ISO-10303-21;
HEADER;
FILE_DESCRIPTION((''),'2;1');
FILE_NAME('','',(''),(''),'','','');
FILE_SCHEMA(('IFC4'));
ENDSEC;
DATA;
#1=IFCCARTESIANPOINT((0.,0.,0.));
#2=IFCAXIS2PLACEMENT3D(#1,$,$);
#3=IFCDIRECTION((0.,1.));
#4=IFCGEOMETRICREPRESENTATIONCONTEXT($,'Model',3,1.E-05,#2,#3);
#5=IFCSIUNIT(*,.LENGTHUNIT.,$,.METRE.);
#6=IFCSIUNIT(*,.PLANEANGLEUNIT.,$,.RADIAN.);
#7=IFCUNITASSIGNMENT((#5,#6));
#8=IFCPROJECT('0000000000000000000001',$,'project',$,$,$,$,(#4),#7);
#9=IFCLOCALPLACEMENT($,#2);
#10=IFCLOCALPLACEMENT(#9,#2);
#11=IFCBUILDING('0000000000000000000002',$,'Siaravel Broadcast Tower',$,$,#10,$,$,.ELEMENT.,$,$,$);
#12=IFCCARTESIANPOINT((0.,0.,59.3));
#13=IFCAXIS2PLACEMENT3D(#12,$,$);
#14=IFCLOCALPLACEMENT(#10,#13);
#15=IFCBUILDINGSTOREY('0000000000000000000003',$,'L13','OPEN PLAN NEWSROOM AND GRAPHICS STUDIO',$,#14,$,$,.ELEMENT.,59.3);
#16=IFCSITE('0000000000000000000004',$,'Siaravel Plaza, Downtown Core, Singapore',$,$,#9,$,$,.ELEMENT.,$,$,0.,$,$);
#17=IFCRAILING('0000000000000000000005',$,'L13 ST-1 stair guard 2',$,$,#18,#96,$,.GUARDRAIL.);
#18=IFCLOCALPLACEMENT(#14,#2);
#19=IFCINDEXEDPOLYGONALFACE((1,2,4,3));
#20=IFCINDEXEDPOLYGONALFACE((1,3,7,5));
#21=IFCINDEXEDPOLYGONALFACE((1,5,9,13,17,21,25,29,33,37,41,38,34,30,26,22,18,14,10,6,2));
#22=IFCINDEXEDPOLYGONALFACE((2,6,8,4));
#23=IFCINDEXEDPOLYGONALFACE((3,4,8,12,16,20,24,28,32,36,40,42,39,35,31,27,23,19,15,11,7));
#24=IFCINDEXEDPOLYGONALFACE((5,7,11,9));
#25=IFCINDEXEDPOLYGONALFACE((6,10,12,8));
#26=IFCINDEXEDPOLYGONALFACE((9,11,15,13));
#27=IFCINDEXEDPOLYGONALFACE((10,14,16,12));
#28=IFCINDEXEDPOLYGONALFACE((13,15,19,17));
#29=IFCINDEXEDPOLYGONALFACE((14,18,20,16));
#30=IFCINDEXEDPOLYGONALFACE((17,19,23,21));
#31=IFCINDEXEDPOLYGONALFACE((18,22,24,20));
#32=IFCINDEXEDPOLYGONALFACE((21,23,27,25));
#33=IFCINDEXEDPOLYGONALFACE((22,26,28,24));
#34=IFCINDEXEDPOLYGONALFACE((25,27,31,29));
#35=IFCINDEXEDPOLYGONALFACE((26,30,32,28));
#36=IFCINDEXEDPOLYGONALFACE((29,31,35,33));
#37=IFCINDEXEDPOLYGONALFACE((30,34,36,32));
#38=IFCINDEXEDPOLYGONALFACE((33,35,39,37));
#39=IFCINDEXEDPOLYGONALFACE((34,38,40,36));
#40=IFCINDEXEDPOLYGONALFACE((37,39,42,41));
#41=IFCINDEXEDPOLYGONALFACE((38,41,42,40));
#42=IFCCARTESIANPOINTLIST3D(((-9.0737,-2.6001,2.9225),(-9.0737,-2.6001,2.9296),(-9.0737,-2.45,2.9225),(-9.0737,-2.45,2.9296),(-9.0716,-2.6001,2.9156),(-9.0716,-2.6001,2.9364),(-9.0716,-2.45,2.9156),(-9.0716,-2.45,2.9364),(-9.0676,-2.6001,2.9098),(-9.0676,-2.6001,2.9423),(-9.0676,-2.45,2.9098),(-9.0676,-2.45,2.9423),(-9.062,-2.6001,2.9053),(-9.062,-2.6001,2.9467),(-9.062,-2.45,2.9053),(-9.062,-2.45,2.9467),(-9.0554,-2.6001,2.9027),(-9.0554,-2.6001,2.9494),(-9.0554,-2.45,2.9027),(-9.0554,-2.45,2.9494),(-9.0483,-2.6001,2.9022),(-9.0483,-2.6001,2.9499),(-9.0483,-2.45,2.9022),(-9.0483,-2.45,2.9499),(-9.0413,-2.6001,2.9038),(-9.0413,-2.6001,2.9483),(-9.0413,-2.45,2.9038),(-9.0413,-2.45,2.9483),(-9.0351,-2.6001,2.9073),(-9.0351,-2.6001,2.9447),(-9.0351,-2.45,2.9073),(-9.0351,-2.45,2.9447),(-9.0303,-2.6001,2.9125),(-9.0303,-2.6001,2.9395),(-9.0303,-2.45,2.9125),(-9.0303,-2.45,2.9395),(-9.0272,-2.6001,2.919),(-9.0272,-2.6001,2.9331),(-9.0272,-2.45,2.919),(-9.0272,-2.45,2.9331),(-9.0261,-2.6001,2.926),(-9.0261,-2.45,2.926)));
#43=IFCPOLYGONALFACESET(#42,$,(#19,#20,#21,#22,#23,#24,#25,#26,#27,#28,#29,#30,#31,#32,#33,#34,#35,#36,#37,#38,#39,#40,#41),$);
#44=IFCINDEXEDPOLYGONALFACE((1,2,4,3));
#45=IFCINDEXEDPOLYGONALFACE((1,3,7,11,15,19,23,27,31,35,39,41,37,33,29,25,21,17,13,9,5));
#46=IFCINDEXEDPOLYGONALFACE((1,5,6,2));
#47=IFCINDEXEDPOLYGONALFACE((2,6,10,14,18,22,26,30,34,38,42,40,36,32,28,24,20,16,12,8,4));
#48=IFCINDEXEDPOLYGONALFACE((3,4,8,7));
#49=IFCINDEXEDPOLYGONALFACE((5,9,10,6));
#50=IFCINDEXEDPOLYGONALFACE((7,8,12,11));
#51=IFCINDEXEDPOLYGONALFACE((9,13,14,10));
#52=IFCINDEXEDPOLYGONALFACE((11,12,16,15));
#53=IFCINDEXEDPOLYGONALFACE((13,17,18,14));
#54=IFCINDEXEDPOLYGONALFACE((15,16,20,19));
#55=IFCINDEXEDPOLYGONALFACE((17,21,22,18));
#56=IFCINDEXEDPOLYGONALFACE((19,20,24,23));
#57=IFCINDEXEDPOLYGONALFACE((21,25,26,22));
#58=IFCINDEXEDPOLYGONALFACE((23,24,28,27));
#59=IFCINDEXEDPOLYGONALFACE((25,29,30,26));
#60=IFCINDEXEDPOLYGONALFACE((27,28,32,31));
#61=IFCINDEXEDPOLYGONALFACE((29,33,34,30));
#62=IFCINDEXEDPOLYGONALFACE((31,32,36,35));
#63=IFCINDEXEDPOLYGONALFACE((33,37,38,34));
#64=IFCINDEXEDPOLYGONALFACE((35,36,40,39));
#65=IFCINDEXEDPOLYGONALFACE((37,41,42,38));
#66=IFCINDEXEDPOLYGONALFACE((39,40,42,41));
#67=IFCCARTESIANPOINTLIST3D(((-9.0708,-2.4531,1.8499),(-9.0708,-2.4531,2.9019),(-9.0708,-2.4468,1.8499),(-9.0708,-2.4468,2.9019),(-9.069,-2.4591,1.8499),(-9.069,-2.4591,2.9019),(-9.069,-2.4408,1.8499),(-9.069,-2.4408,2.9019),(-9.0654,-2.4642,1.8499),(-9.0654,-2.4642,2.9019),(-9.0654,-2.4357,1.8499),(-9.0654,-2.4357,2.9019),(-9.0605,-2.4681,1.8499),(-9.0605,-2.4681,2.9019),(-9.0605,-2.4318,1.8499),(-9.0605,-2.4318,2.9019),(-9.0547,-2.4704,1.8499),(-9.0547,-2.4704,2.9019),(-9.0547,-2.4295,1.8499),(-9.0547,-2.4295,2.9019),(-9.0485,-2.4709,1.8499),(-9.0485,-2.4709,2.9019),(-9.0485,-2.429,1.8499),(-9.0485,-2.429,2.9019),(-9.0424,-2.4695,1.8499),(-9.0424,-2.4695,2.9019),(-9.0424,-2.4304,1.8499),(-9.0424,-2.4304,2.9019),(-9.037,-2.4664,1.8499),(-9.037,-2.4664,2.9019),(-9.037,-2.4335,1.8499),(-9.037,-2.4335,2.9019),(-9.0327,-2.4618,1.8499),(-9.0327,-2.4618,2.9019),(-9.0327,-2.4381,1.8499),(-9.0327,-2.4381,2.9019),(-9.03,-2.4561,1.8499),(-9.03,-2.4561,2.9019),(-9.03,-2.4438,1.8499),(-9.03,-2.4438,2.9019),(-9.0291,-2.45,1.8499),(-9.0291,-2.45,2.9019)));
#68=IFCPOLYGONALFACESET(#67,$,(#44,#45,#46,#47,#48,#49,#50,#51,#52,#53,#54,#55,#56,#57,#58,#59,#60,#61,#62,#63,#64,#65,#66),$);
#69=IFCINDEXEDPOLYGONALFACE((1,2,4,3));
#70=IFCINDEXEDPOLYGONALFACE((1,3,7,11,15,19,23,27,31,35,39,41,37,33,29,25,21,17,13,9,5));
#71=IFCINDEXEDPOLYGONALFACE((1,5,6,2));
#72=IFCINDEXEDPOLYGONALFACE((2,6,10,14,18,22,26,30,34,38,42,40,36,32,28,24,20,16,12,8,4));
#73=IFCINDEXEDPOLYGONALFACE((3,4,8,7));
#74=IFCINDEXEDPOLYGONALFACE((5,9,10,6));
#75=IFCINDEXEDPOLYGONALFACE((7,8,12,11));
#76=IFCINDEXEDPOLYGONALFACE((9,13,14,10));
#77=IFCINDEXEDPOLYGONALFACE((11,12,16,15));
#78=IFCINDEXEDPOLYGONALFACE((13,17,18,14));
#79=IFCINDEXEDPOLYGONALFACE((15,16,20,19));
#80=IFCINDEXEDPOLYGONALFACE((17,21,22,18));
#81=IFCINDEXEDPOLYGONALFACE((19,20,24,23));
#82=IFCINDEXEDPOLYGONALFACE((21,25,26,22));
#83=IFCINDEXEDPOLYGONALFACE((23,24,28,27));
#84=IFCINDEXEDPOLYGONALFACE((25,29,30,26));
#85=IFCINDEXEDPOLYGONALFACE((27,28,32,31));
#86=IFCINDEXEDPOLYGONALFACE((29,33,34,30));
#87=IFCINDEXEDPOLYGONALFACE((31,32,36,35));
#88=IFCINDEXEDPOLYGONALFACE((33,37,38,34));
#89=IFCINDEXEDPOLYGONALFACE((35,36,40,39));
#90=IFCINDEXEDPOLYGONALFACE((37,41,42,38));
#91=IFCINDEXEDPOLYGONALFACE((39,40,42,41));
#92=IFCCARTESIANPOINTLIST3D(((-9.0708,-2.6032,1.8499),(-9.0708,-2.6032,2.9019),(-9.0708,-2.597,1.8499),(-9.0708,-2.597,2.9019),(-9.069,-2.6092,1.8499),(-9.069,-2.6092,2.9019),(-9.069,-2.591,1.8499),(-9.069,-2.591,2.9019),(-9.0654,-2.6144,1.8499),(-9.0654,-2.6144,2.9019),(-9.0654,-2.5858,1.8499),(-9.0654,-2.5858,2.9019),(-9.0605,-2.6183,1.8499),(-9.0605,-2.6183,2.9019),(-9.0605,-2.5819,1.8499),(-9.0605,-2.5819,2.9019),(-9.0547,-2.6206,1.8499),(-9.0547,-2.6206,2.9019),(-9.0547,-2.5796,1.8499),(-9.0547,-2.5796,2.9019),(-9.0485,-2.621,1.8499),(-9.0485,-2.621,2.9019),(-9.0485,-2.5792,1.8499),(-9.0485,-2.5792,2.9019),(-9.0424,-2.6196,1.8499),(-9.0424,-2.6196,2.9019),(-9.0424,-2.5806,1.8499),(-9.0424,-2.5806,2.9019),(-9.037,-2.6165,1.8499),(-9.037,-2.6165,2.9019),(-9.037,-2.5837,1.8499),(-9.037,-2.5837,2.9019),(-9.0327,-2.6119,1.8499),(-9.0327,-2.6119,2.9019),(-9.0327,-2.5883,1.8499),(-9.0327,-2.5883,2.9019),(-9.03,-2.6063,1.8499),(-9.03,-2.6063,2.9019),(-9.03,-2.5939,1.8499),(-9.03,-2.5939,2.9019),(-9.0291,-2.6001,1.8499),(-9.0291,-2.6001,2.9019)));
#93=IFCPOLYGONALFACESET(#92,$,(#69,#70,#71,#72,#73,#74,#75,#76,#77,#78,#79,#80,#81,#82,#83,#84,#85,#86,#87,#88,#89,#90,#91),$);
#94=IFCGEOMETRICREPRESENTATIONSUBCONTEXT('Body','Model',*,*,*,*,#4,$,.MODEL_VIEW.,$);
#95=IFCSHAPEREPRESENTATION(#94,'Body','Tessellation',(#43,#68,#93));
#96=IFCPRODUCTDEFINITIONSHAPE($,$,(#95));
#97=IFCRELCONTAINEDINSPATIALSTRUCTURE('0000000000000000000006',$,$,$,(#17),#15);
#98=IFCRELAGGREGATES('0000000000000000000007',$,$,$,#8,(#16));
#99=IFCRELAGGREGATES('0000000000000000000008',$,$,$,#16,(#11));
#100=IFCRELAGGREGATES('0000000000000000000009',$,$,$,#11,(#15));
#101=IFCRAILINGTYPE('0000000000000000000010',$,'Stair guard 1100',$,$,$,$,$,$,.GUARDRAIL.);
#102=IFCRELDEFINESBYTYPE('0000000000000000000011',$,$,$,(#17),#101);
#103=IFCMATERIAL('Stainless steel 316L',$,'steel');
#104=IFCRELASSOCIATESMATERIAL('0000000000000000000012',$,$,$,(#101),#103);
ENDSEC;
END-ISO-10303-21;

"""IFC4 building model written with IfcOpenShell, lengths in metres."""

from ifc_helpers import new_model, si_unit, direction, frame, origin, origin_2d, place, context, subcontext, project, spatial, circle, extrude, material, type_object, element, save


model = new_model("IFC4")

# Units and contexts
model_context = context("Model", 3, precision=1e-05, world=origin(), true_north=direction((0.0, 1.0)))
body_context = subcontext(model_context, "Body", "Model", "MODEL_VIEW")
ifc_project = project(units=[si_unit("LENGTHUNIT", "METRE"), si_unit("PLANEANGLEUNIT", "RADIAN")], contexts=[model_context])

# Site, building, storey
site_placement = place(None, origin())
site = spatial("IfcSite", under=ifc_project, at=site_placement, Name="Siaravel Plaza, Downtown Core, Singapore", CompositionType="ELEMENT", RefElevation=0.0)
building_placement = place(site_placement, origin())
building = spatial("IfcBuilding", under=site, at=building_placement, Name="Siaravel Broadcast Tower", CompositionType="ELEMENT")
storey_placement = place(building_placement, frame((0.0, 0.0, 59.3)))
storey = spatial("IfcBuildingStorey", under=building, at=storey_placement, Name="L13", Description="OPEN PLAN NEWSROOM AND GRAPHICS STUDIO", CompositionType="ELEMENT", Elevation=59.3)

# Shared definitions
ifc_material_1 = material(Name="Stainless steel 316L", Category="steel")

# Railing
railing_type_1 = type_object("IfcRailingType", Name="Stair guard 1100", PredefinedType="GUARDRAIL", material=ifc_material_1)
railing_1_placement = place(storey_placement, frame((-9.05, -2.45, 1.8499)))
element("IfcRailing", 1, at=railing_1_placement, inside=storey, type_object=railing_type_1, Name="L13 ST-1 stair guard 2", PredefinedType="GUARDRAIL", context=body_context, shape_type="SweptSolid", body=[
    extrude(circle(Radius=0.0239, at=origin_2d()), frame((0.0, 0.0, 1.0762), z_axis=(0.0, -1.0, 0.0), x_axis=(1.0, 0.0, 0.0)), (0.0, 0.0, 1.0), 0.1501),
    extrude(circle(Radius=0.021, at=origin_2d()), origin(), (0.0, 0.0, 1.0), 1.052),
    extrude(circle(Radius=0.021, at=origin_2d()), frame((0.0, -0.1501, 0.0)), (0.0, 0.0, 1.0), 1.052),
])

save(model, "model.ifc")
